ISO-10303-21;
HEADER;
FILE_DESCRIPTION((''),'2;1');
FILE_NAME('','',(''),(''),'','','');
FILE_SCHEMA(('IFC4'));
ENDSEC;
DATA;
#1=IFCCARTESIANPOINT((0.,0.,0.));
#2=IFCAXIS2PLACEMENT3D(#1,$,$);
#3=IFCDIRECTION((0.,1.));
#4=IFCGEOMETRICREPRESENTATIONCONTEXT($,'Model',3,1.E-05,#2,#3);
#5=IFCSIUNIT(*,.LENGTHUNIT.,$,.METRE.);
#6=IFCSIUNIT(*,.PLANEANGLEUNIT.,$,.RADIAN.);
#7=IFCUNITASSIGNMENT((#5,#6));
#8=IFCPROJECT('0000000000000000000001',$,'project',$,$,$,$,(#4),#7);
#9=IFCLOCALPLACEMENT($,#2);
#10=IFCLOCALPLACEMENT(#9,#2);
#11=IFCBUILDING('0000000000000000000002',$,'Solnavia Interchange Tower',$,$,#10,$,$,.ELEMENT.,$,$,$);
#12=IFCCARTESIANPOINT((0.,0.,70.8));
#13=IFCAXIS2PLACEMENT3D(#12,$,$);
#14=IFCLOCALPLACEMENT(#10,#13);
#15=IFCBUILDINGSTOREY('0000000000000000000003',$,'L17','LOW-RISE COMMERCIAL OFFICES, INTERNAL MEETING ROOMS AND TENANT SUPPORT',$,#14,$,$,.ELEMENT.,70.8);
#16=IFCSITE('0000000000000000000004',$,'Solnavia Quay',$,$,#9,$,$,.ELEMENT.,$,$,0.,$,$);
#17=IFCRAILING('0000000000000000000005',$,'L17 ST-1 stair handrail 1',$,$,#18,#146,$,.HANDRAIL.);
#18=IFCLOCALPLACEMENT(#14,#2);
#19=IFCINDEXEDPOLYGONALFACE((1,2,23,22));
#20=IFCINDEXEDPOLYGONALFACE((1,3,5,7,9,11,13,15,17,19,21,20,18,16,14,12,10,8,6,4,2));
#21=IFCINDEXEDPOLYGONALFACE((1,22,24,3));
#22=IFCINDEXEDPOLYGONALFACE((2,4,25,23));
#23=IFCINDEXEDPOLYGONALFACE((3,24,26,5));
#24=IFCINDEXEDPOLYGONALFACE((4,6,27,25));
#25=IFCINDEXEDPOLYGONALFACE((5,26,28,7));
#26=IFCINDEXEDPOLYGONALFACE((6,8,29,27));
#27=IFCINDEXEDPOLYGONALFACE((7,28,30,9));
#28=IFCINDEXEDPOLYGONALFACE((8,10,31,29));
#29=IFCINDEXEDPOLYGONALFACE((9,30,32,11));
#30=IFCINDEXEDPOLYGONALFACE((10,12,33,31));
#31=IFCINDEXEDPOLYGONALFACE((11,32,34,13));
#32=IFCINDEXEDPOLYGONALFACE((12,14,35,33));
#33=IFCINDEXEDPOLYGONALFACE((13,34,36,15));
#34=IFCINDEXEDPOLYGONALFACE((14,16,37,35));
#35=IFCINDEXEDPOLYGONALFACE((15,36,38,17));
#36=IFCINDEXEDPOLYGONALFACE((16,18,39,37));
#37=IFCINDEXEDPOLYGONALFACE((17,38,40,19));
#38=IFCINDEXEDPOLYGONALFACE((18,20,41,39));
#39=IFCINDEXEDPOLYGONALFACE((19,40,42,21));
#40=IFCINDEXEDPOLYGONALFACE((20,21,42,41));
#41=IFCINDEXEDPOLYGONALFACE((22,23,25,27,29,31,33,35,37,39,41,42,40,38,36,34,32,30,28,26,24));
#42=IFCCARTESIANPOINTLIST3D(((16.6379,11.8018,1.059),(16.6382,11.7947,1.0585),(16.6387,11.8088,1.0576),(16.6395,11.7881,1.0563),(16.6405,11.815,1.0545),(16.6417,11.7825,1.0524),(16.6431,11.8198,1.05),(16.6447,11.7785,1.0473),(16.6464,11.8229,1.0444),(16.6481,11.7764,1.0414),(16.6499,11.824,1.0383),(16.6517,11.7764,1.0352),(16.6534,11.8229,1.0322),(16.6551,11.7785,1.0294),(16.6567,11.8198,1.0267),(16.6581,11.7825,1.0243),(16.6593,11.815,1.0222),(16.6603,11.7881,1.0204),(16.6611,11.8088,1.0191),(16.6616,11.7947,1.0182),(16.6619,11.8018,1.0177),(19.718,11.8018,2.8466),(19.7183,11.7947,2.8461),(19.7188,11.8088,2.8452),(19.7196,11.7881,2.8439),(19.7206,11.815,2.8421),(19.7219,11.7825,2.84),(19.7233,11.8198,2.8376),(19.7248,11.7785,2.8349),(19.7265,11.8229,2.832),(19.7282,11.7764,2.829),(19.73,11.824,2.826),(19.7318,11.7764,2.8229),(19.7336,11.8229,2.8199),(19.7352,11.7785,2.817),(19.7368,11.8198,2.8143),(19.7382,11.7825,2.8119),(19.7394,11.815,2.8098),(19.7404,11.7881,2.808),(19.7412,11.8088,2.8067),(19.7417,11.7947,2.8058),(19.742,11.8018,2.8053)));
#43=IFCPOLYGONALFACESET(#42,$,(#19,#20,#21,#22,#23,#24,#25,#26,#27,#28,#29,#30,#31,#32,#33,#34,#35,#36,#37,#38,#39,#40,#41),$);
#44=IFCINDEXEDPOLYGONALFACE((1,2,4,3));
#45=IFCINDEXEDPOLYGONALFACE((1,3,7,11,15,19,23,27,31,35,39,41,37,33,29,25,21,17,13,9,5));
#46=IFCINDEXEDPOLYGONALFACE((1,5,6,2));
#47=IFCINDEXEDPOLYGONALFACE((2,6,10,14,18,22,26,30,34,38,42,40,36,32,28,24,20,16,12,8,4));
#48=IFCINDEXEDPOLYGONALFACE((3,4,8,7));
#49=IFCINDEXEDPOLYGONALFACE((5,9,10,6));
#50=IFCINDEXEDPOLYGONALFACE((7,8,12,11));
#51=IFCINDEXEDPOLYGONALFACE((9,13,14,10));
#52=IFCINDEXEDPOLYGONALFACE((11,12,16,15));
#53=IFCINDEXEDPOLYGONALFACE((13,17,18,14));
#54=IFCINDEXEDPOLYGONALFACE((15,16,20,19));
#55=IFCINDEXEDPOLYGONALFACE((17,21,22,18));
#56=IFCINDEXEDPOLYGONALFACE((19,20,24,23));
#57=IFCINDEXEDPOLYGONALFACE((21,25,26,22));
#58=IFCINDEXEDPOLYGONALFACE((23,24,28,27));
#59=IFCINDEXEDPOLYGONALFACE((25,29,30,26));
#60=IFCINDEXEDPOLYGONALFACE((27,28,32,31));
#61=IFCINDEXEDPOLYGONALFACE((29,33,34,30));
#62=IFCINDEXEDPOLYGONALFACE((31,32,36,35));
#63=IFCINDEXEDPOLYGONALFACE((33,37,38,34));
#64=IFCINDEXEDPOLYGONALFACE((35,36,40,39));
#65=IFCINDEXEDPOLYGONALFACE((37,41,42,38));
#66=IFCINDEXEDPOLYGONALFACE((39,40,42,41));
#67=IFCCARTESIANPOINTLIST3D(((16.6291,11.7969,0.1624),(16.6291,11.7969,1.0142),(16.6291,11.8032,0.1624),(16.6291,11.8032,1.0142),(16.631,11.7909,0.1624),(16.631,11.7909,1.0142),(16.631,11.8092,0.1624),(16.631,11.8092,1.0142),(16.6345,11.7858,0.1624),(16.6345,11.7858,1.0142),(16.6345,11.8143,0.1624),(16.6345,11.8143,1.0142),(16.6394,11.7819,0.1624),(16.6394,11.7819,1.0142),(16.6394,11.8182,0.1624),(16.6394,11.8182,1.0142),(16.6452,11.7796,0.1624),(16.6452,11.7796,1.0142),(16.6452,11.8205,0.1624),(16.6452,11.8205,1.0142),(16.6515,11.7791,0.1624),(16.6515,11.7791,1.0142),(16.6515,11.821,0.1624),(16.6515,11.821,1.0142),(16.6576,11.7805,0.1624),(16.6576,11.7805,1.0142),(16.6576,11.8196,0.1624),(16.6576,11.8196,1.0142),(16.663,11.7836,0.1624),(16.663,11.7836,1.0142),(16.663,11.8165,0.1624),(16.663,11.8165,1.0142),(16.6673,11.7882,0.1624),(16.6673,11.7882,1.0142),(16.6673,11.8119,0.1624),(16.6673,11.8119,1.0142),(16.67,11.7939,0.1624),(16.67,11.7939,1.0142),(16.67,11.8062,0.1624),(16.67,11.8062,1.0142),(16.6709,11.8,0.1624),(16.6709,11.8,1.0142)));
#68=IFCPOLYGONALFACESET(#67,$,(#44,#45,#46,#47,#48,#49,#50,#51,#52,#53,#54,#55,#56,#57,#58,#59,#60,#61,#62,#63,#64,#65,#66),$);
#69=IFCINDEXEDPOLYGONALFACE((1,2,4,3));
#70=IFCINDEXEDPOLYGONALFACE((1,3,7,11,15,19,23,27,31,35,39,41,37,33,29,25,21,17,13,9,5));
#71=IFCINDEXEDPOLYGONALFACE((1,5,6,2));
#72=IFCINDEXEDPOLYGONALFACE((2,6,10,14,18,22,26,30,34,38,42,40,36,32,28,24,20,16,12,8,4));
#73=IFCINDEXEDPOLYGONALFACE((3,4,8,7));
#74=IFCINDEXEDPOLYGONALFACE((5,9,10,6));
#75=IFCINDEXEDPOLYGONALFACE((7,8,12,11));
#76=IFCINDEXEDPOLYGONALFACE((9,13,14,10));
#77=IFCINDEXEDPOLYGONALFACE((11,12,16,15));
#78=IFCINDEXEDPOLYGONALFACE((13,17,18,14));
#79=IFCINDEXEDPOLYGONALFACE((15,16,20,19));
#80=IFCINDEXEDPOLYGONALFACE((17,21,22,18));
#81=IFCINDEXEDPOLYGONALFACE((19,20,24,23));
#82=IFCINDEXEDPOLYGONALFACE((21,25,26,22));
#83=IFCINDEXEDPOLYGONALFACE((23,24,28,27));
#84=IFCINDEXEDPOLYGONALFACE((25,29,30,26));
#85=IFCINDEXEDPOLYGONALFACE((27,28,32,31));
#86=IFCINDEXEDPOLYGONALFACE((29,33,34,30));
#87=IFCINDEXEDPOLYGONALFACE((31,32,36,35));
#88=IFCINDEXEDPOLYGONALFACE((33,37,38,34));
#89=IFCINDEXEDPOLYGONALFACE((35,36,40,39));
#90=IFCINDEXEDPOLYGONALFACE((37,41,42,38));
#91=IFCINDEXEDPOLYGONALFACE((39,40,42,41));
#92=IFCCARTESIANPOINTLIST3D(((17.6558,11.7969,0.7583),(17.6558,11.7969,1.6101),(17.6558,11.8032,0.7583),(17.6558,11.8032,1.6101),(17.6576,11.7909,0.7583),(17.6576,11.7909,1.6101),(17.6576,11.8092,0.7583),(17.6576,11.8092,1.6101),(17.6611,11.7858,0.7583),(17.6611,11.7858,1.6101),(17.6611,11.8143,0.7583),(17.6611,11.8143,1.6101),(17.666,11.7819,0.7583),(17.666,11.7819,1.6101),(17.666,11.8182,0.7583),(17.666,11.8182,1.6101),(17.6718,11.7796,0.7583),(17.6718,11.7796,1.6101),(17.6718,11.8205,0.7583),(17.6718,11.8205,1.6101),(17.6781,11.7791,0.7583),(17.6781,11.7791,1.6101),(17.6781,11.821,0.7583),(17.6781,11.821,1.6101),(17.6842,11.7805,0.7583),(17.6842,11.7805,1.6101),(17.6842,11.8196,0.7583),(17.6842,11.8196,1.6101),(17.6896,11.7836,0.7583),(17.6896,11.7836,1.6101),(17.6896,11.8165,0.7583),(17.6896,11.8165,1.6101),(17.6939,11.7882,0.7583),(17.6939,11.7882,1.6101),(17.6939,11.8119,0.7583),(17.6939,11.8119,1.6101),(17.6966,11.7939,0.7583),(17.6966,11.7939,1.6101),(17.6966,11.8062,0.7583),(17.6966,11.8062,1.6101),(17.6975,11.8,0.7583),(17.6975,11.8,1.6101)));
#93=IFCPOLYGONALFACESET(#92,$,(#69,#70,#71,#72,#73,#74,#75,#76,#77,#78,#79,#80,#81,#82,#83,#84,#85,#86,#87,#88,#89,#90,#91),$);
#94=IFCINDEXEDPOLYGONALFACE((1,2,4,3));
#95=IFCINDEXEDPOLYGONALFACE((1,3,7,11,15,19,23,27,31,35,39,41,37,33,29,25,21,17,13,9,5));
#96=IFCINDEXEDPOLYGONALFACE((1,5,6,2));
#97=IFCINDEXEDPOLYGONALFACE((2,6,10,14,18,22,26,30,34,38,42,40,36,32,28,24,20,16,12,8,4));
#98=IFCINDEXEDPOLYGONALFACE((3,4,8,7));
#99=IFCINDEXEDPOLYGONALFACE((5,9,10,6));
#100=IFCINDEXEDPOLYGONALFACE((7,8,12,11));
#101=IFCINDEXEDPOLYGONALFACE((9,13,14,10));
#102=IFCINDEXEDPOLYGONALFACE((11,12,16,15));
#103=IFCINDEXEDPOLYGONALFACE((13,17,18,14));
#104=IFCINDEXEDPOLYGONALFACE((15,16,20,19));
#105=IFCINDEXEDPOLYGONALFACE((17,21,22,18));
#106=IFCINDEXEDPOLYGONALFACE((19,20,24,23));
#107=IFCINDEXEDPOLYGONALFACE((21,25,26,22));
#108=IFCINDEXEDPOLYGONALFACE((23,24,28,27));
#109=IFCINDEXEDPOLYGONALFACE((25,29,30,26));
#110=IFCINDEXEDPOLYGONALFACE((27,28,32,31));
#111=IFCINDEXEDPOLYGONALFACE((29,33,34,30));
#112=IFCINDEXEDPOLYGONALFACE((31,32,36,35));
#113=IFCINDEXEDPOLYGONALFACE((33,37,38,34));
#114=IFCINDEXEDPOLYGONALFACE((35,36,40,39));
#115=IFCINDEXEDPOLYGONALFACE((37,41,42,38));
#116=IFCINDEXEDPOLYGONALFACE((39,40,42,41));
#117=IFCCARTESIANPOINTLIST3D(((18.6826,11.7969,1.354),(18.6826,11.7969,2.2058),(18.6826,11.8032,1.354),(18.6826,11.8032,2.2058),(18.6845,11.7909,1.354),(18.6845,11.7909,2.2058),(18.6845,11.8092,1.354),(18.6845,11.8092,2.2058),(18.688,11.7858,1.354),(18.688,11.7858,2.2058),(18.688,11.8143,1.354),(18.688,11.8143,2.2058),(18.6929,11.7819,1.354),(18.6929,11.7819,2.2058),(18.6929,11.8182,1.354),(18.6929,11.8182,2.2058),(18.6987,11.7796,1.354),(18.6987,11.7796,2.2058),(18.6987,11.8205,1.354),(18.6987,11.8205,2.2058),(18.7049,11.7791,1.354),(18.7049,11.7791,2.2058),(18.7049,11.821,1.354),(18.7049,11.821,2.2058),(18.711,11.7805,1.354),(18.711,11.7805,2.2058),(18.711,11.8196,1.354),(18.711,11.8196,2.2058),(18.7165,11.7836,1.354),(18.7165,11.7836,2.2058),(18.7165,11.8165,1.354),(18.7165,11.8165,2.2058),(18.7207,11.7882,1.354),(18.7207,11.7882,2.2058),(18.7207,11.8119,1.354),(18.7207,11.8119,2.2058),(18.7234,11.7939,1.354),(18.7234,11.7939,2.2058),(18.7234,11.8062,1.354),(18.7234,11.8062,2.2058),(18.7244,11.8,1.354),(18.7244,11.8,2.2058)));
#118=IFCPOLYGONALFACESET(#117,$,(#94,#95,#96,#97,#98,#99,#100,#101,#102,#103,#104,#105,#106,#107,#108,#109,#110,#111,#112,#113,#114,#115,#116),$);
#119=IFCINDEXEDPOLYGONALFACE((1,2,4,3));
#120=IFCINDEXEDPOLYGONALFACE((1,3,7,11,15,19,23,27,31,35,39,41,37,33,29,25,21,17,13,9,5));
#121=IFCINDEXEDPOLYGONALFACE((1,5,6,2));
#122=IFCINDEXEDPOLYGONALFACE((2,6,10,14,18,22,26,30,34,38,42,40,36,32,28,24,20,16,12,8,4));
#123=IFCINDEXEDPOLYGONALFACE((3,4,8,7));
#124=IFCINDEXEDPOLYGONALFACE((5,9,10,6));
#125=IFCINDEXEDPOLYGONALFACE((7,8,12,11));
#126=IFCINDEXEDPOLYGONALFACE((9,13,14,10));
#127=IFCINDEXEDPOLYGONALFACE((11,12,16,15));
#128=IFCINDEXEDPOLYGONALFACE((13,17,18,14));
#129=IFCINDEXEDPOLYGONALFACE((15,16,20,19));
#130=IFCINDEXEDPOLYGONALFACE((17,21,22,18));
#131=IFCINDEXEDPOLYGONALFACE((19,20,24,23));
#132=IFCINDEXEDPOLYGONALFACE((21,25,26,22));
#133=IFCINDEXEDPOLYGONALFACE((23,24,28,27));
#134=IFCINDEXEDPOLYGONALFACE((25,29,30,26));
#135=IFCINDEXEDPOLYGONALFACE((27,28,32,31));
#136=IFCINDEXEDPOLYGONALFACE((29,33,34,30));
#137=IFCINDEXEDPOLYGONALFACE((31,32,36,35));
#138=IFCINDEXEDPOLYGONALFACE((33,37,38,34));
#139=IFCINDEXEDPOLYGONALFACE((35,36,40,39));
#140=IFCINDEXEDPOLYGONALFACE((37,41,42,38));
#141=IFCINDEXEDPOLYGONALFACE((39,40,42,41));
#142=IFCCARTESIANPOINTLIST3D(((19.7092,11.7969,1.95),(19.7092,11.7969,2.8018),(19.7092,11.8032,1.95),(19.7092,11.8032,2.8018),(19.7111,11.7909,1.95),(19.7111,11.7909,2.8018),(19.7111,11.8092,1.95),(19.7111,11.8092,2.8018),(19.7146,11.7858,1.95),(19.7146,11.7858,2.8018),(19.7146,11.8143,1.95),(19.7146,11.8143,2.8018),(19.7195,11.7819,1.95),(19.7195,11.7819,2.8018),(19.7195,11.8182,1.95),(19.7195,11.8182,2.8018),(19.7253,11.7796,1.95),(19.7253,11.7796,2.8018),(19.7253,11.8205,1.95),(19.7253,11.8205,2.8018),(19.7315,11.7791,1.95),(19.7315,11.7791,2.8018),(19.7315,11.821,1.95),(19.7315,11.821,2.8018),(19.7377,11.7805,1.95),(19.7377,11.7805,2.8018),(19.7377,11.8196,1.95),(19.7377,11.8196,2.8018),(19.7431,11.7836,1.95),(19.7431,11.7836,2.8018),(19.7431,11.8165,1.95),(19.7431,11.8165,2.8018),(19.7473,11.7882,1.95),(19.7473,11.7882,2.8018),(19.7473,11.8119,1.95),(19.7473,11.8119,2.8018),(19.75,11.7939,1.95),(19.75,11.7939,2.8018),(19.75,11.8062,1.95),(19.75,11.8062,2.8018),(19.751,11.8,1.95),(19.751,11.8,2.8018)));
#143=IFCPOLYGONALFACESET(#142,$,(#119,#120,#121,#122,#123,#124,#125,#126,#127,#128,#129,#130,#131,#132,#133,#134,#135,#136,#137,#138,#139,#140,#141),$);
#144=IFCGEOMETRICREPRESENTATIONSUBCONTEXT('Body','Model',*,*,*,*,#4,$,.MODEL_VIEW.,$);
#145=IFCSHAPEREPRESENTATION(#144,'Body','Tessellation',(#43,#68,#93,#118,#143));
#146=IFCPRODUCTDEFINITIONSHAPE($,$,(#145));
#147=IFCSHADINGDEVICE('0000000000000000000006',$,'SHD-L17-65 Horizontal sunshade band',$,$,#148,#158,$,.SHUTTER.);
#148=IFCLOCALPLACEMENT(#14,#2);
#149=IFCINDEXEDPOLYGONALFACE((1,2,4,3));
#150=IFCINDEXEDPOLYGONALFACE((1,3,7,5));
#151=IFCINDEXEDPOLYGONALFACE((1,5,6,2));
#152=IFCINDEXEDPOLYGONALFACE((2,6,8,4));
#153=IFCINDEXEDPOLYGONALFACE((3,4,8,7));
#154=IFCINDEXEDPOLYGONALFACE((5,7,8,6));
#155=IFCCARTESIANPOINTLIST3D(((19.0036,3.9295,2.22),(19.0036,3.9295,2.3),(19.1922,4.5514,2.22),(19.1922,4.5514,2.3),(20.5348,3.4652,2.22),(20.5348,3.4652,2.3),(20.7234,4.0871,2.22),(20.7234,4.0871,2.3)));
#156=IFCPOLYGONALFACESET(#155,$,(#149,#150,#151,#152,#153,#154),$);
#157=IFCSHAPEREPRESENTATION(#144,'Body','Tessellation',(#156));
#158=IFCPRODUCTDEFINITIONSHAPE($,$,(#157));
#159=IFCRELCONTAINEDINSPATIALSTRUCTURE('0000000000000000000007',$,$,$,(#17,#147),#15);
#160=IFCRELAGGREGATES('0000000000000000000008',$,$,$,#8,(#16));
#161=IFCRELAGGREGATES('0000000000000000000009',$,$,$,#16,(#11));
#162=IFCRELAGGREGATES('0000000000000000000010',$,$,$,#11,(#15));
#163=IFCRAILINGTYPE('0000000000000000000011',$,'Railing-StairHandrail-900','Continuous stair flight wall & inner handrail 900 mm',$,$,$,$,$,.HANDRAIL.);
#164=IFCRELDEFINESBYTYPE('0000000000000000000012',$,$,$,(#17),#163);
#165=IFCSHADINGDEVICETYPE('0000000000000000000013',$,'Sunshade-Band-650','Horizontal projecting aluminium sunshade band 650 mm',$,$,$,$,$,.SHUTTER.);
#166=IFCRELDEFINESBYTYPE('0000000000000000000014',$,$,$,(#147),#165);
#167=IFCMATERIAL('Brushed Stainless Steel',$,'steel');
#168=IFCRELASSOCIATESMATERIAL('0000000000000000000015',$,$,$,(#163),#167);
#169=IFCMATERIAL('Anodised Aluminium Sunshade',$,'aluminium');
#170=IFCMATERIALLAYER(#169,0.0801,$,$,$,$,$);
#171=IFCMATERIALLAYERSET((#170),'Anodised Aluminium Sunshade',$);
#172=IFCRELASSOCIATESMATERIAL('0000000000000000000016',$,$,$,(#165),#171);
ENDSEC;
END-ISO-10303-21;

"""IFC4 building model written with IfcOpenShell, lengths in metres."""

from ifc_helpers import new_model, si_unit, direction, frame, origin, origin_2d, place, context, subcontext, project, spatial, rectangle, circle, extrude, material, layer, layer_set, type_object, element, save


model = new_model("IFC4")

# Units and contexts
model_context = context("Model", 3, precision=1e-05, world=origin(), true_north=direction((0.0, 1.0)))
body_context = subcontext(model_context, "Body", "Model", "MODEL_VIEW")
ifc_project = project(units=[si_unit("LENGTHUNIT", "METRE"), si_unit("PLANEANGLEUNIT", "RADIAN")], contexts=[model_context])

# Site, building, storey
site_placement = place(None, origin())
site = spatial("IfcSite", under=ifc_project, at=site_placement, Name="Solnavia Quay", CompositionType="ELEMENT", RefElevation=0.0)
building_placement = place(site_placement, origin())
building = spatial("IfcBuilding", under=site, at=building_placement, Name="Solnavia Interchange Tower", CompositionType="ELEMENT")
storey_placement = place(building_placement, frame((0.0, 0.0, 70.8)))
storey = spatial("IfcBuildingStorey", under=building, at=storey_placement, Name="L17", Description="LOW-RISE COMMERCIAL OFFICES, INTERNAL MEETING ROOMS AND TENANT SUPPORT", CompositionType="ELEMENT", Elevation=70.8)

# Railing
ifc_material_1 = material(Name="Brushed Stainless Steel", Category="steel")
railing_type_1 = type_object("IfcRailingType", Name="Railing-StairHandrail-900", Description="Continuous stair flight wall & inner handrail 900 mm", PredefinedType="HANDRAIL", material=ifc_material_1)
railing_1_placement = place(storey_placement, frame((16.6499, 11.8, 0.1624)))
element("IfcRailing", 1, at=railing_1_placement, inside=storey, type_object=railing_type_1, Name="L17 ST-1 stair handrail 1", PredefinedType="HANDRAIL", context=body_context, shape_type="SweptSolid", body=[
    extrude(circle(Radius=0.0239, at=origin_2d()), frame((0.0, 0.0, 0.876), z_axis=(0.864891, 0.0, 0.50196), x_axis=(0.0, 1.0, 0.0)), (0.0, 0.0, 1.0), 3.5613),
    extrude(circle(Radius=0.021, at=origin_2d()), origin(), (0.0, 0.0, 1.0), 0.8518),
    extrude(circle(Radius=0.021, at=origin_2d()), frame((1.0266, 0.0, 0.5959)), (0.0, 0.0, 1.0), 0.8518),
    extrude(circle(Radius=0.021, at=origin_2d()), frame((2.0535, 0.0, 1.1917)), (0.0, 0.0, 1.0), 0.8518),
    extrude(circle(Radius=0.021, at=origin_2d()), frame((3.0801, 0.0, 1.7876)), (0.0, 0.0, 1.0), 0.8518),
])

# Shading device
ifc_material_2 = material(Name="Anodised Aluminium Sunshade", Category="aluminium")
ifc_layer_1 = layer(ifc_material_2, 0.0801)
ifc_layer_set_1 = layer_set([ifc_layer_1], Name="Anodised Aluminium Sunshade")
shading_device_type = type_object("IfcShadingDeviceType", Name="Sunshade-Band-650", Description="Horizontal projecting aluminium sunshade band 650 mm", PredefinedType="SHUTTER", material=ifc_layer_set_1)
shading_device_placement = place(storey_placement, frame((19.8635, 4.0083, 2.22), z_axis=(0.0, 0.0, 1.0), x_axis=(-0.956966, 0.290201, 0.0)))
element("IfcShadingDevice", 2, at=shading_device_placement, inside=storey, type_object=shading_device_type, Name="SHD-L17-65 Horizontal sunshade band", PredefinedType="SHUTTER", context=body_context, shape_type="SweptSolid", body=[
    extrude(rectangle(XDim=1.6001, YDim=0.6499, at=origin_2d()), origin(), (0.0, 0.0, 1.0), 0.0801),
])

save(model, "model.ifc")
